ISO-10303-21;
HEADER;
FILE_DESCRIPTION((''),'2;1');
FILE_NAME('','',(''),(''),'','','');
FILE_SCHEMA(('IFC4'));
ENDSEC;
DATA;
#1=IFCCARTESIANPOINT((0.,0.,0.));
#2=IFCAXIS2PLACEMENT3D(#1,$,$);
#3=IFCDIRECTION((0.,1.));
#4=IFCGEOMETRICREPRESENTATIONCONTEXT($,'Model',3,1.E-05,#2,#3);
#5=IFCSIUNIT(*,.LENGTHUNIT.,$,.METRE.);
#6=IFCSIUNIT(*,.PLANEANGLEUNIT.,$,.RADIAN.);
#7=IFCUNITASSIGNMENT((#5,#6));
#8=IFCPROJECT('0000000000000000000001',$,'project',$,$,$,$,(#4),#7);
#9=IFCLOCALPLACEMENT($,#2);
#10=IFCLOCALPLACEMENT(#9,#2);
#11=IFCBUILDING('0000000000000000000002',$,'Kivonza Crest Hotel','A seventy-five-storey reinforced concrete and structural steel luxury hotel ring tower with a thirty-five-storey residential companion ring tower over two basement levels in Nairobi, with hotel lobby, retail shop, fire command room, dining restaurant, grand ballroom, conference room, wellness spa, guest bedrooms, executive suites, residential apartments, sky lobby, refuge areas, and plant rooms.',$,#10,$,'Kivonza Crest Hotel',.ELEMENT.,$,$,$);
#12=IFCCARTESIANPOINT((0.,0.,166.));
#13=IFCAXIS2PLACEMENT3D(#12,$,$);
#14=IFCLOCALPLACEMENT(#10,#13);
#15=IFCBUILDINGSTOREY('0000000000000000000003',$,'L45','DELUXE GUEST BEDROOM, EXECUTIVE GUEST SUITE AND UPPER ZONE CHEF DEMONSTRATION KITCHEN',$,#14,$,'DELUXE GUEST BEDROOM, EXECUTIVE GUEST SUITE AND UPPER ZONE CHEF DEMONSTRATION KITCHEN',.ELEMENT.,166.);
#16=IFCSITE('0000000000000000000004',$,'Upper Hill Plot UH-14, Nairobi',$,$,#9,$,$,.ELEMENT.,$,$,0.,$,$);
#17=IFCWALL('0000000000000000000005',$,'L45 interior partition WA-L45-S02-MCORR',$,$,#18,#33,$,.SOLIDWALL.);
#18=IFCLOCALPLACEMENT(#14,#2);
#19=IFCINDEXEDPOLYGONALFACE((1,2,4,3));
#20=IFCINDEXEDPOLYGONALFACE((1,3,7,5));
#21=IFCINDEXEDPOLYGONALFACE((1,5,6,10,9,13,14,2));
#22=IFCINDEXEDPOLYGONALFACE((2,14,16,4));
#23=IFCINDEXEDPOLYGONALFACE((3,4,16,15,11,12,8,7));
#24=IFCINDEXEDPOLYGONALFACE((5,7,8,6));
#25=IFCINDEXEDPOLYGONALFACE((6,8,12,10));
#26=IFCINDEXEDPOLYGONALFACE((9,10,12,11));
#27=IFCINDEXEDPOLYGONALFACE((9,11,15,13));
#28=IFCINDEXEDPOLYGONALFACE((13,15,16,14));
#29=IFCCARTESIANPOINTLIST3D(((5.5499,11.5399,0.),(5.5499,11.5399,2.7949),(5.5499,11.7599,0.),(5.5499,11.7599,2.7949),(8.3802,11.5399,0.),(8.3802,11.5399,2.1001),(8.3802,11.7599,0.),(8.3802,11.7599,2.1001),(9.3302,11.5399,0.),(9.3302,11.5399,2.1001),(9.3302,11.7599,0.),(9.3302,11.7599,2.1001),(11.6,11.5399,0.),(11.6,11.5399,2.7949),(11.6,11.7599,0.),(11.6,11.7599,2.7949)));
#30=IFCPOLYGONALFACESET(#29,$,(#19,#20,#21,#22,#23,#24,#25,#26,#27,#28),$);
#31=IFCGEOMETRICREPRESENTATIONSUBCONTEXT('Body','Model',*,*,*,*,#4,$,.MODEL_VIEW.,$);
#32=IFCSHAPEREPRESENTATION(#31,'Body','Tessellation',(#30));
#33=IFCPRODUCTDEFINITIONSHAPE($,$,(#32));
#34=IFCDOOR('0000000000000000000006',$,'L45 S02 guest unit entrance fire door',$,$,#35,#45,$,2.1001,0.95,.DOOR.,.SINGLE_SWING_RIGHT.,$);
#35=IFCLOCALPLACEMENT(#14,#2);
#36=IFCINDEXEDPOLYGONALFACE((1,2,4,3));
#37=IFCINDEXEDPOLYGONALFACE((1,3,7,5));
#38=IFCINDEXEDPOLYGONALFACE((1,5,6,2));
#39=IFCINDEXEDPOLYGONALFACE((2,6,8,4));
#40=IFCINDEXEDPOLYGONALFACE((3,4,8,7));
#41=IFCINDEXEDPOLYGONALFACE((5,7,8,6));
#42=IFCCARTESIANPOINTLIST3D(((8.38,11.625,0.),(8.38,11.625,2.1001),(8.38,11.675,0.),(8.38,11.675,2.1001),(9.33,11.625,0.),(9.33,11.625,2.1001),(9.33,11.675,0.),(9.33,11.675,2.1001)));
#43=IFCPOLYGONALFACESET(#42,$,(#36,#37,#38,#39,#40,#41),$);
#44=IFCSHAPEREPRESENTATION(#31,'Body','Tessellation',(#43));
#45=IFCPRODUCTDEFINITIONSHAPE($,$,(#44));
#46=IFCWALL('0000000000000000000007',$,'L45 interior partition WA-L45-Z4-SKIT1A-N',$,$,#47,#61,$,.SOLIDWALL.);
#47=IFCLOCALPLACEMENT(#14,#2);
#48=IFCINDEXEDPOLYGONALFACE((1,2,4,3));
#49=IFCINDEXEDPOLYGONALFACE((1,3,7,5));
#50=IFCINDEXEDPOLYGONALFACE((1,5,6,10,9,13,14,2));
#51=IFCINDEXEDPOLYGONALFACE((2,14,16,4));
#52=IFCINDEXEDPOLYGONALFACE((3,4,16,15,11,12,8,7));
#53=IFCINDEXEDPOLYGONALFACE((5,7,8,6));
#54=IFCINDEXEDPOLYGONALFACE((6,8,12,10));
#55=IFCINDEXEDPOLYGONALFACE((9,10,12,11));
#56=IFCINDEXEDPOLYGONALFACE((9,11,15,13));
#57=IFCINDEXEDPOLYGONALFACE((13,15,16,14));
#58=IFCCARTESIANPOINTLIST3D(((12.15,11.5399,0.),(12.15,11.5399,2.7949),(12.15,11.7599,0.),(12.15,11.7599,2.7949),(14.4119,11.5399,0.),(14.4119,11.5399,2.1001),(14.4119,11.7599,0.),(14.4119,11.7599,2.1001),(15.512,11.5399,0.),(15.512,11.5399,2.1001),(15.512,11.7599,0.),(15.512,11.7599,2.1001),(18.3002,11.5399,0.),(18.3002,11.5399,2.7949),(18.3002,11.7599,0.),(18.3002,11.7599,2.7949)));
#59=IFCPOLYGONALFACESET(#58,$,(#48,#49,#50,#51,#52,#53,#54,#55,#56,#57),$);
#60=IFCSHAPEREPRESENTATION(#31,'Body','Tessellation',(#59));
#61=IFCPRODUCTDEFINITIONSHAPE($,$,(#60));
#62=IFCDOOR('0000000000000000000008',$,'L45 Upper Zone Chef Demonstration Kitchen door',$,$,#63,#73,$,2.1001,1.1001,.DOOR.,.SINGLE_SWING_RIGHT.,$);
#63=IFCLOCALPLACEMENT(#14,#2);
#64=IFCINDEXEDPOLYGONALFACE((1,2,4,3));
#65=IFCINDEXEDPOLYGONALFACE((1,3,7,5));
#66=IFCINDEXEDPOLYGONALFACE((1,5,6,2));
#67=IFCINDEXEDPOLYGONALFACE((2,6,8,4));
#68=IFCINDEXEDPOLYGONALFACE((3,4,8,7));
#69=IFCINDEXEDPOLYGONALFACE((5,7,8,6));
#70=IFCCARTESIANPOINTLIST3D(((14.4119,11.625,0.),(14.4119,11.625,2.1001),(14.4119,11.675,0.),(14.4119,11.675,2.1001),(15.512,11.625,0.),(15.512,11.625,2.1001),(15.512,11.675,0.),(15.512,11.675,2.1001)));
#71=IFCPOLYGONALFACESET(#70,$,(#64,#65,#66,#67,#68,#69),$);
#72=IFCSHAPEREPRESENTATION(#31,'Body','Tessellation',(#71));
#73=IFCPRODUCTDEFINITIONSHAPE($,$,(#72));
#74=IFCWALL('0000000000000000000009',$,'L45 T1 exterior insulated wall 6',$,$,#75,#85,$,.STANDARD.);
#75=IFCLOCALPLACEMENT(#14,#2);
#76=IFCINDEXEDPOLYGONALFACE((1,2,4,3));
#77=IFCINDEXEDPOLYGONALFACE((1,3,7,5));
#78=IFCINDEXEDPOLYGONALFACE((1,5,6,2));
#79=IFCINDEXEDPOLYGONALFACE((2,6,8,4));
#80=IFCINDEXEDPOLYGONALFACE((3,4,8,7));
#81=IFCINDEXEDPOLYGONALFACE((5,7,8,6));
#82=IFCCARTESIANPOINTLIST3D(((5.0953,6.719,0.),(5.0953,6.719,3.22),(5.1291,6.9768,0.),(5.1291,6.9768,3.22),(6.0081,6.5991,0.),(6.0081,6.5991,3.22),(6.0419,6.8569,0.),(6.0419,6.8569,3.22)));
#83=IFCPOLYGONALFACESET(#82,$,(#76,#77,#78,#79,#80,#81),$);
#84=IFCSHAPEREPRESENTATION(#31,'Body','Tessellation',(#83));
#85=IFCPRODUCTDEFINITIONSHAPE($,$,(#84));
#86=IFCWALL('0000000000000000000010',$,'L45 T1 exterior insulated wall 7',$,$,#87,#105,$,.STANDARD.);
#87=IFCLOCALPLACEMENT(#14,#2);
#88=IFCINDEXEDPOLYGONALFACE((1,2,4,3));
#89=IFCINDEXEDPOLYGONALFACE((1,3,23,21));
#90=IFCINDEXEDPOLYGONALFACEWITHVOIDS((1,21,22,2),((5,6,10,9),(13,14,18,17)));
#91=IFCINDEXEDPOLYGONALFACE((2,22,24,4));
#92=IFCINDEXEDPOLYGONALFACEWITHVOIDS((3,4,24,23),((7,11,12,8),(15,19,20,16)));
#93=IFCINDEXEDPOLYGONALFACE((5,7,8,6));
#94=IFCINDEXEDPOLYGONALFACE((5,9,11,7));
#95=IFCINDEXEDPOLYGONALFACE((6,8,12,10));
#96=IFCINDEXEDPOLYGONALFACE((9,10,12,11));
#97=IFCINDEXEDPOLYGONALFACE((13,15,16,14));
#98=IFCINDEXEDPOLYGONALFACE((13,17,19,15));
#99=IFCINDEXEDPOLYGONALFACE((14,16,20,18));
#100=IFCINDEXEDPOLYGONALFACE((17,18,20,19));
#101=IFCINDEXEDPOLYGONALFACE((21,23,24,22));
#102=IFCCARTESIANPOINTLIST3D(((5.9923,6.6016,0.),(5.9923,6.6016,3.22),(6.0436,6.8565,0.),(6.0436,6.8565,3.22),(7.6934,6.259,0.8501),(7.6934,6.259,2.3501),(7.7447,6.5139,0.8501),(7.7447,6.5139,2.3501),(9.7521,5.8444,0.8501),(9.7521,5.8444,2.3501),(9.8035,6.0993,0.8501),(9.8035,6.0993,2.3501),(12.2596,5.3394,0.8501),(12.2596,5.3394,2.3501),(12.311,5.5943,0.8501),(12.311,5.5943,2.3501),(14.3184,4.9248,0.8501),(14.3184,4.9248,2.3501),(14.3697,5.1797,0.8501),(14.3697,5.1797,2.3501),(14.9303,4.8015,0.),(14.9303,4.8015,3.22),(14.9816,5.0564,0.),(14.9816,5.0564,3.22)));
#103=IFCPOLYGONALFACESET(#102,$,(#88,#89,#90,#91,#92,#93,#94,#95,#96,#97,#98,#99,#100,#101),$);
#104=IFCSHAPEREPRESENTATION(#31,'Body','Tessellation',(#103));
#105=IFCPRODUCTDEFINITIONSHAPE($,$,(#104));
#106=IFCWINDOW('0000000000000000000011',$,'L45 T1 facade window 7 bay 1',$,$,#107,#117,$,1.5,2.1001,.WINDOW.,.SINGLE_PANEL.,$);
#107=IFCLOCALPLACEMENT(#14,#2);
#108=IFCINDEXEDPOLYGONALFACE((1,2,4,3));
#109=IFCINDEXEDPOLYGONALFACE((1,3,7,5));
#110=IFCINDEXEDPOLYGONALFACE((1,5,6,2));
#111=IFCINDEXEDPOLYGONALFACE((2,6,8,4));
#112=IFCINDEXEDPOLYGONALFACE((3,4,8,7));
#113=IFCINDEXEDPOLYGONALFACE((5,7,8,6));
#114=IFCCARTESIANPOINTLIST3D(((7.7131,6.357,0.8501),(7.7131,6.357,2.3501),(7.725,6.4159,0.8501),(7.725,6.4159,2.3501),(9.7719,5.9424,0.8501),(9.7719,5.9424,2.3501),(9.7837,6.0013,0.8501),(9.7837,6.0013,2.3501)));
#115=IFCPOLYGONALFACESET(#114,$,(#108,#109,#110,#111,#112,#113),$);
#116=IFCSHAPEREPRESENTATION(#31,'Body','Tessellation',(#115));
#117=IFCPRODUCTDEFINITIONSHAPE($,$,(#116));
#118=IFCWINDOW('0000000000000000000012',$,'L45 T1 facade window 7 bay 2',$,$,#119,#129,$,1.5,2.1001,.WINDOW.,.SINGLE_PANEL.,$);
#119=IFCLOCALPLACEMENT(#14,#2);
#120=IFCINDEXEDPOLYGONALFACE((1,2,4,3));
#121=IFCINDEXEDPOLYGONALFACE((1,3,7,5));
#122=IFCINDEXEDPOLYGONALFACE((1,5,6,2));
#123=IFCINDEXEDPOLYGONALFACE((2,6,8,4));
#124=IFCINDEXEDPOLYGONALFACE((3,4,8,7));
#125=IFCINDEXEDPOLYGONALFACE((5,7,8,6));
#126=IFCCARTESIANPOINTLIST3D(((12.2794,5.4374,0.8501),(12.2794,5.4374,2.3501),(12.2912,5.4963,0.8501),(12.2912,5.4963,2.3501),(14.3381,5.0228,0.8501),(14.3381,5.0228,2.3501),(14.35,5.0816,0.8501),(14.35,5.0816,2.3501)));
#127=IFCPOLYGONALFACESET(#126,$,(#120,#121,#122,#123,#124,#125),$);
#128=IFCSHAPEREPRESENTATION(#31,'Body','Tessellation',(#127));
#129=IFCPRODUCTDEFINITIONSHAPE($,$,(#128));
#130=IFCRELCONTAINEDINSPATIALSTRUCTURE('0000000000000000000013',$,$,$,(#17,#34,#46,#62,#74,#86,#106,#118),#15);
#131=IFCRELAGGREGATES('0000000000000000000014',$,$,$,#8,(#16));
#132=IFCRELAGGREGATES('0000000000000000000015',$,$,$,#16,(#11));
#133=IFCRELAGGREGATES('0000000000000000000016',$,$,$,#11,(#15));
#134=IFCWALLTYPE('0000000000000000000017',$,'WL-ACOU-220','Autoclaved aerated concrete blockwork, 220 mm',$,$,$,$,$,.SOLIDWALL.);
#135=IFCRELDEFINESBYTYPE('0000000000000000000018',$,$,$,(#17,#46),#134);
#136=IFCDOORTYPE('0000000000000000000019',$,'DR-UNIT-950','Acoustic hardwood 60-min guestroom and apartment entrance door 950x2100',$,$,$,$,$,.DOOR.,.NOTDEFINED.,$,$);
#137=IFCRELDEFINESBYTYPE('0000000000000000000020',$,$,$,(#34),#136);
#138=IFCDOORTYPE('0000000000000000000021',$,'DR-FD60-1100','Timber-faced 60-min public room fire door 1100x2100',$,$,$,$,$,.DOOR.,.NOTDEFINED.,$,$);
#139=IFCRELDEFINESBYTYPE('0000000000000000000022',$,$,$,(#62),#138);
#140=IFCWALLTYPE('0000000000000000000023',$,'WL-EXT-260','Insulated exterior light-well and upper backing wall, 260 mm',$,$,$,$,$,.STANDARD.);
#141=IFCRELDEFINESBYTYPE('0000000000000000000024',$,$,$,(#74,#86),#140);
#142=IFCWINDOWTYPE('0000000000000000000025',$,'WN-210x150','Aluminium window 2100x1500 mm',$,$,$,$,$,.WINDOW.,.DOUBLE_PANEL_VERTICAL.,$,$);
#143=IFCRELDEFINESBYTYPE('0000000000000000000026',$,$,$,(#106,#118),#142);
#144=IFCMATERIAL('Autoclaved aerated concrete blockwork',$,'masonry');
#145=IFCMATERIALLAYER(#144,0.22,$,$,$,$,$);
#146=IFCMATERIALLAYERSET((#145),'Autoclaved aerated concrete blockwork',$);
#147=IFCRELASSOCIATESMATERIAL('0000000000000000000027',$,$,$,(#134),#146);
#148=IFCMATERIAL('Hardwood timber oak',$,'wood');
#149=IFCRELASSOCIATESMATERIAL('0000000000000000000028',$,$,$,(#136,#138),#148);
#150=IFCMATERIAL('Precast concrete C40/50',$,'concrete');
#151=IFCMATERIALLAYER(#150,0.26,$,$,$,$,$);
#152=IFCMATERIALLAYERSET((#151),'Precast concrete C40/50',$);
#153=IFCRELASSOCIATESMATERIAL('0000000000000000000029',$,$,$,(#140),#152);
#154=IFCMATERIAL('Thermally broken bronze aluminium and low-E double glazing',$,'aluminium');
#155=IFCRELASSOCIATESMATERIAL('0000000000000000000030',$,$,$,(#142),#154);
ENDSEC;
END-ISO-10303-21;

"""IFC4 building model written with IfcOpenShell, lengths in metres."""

from ifc_helpers import new_model, si_unit, direction, frame, frame_2d, origin, place, context, subcontext, project, spatial, rectangle, extrude, material, layer, layer_set, type_object, element, fill, save


model = new_model("IFC4")

# Units and contexts
model_context = context("Model", 3, precision=1e-05, world=origin(), true_north=direction((0.0, 1.0)))
body_context = subcontext(model_context, "Body", "Model", "MODEL_VIEW")
ifc_project = project(units=[si_unit("LENGTHUNIT", "METRE"), si_unit("PLANEANGLEUNIT", "RADIAN")], contexts=[model_context])

# Site, building, storey
site_placement = place(None, origin())
site = spatial("IfcSite", under=ifc_project, at=site_placement, Name="Upper Hill Plot UH-14, Nairobi", CompositionType="ELEMENT", RefElevation=0.0)
building_placement = place(site_placement, origin())
building = spatial("IfcBuilding", under=site, at=building_placement, Name="Kivonza Crest Hotel", Description="A seventy-five-storey reinforced concrete and structural steel luxury hotel ring tower with a thirty-five-storey residential companion ring tower over two basement levels in Nairobi, with hotel lobby, retail shop, fire command room, dining restaurant, grand ballroom, conference room, wellness spa, guest bedrooms, executive suites, residential apartments, sky lobby, refuge areas, and plant rooms.", LongName="Kivonza Crest Hotel", CompositionType="ELEMENT")
storey_placement = place(building_placement, frame((0.0, 0.0, 166.0)))
storey = spatial("IfcBuildingStorey", under=building, at=storey_placement, Name="L45", Description="DELUXE GUEST BEDROOM, EXECUTIVE GUEST SUITE AND UPPER ZONE CHEF DEMONSTRATION KITCHEN", LongName="DELUXE GUEST BEDROOM, EXECUTIVE GUEST SUITE AND UPPER ZONE CHEF DEMONSTRATION KITCHEN", CompositionType="ELEMENT", Elevation=166.0)

# Walls, openings, doors
ifc_material_1 = material(Name="Autoclaved aerated concrete blockwork", Category="masonry")
ifc_layer_1 = layer(ifc_material_1, 0.22)
ifc_layer_set_1 = layer_set([ifc_layer_1], Name="Autoclaved aerated concrete blockwork")
wall_type_1 = type_object("IfcWallType", Name="WL-ACOU-220", Description="Autoclaved aerated concrete blockwork, 220 mm", PredefinedType="SOLIDWALL", material=ifc_layer_set_1)
wall_1_placement = place(storey_placement, frame((5.55, 11.6499, 0.0), z_axis=(0.0, 0.0, 1.0), x_axis=(1.0, 0.0, 0.0)))
wall_1 = element("IfcWall", 1, at=wall_1_placement, inside=storey, type_object=wall_type_1, Name="L45 interior partition WA-L45-S02-MCORR", PredefinedType="SOLIDWALL", context=body_context, shape_type="SweptSolid", body=[
    extrude(rectangle(XDim=6.05, YDim=0.22, at=frame_2d((3.0249, 0.0))), origin(), (0.0, 0.0, 1.0), 2.7949),
])
opening_1_placement = place(wall_1_placement, frame((2.8301, 0.0, 0.0)))
opening_1 = element("IfcOpeningElement", 2, at=opening_1_placement, cuts=wall_1, PredefinedType="OPENING", context=body_context, shape_type="SweptSolid", body=[
    extrude(rectangle(XDim=0.95, YDim=2.1001, at=frame_2d((0.4751, 1.05))), frame((0.0, 0.1201, 0.0), z_axis=(0.0, -1.0, 0.0), x_axis=(1.0, 0.0, 0.0)), (0.0, 0.0, 1.0), 0.24),
])
ifc_material_2 = material(Name="Hardwood timber oak", Category="wood")
door_type_1 = type_object("IfcDoorType", Name="DR-UNIT-950", Description="Acoustic hardwood 60-min guestroom and apartment entrance door 950x2100", OperationType="NOTDEFINED", PredefinedType="DOOR", material=ifc_material_2)
door_1_placement = place(opening_1_placement, frame((0.95, 0.0, 0.0), z_axis=(0.0, 0.0, 1.0), x_axis=(-1.0, 0.0, 0.0)))
door_1 = element("IfcDoor", 3, at=door_1_placement, inside=storey, type_object=door_type_1, Name="L45 S02 guest unit entrance fire door", OperationType="SINGLE_SWING_RIGHT", OverallHeight=2.1001, OverallWidth=0.95, PredefinedType="DOOR", context=body_context, shape_type="SweptSolid", body=[
    extrude(rectangle(XDim=0.95, YDim=2.1001, at=frame_2d((0.4751, 1.05))), frame((0.0, 0.0249, 0.0), z_axis=(0.0, -1.0, 0.0), x_axis=(1.0, 0.0, 0.0)), (0.0, 0.0, 1.0), 0.05),
])
fill(opening_1, door_1)
wall_2_placement = place(storey_placement, frame((12.1499, 11.6499, 0.0), z_axis=(0.0, 0.0, 1.0), x_axis=(1.0, 0.0, 0.0)))
wall_2 = element("IfcWall", 4, at=wall_2_placement, inside=storey, type_object=wall_type_1, Name="L45 interior partition WA-L45-Z4-SKIT1A-N", PredefinedType="SOLIDWALL", context=body_context, shape_type="SweptSolid", body=[
    extrude(rectangle(XDim=6.1501, YDim=0.22, at=frame_2d((3.0752, 0.0))), origin(), (0.0, 0.0, 1.0), 2.7949),
])
opening_2_placement = place(wall_2_placement, frame((2.262, 0.0, 0.0)))
opening_2 = element("IfcOpeningElement", 5, at=opening_2_placement, cuts=wall_2, PredefinedType="OPENING", context=body_context, shape_type="SweptSolid", body=[
    extrude(rectangle(XDim=1.1001, YDim=2.1001, at=frame_2d((0.55, 1.05))), frame((0.0, 0.1201, 0.0), z_axis=(0.0, -1.0, 0.0), x_axis=(1.0, 0.0, 0.0)), (0.0, 0.0, 1.0), 0.24),
])
door_type_2 = type_object("IfcDoorType", Name="DR-FD60-1100", Description="Timber-faced 60-min public room fire door 1100x2100", OperationType="NOTDEFINED", PredefinedType="DOOR", material=ifc_material_2)
door_2_placement = place(opening_2_placement, frame((1.1001, 0.0, 0.0), z_axis=(0.0, 0.0, 1.0), x_axis=(-1.0, 0.0, 0.0)))
door_2 = element("IfcDoor", 6, at=door_2_placement, inside=storey, type_object=door_type_2, Name="L45 Upper Zone Chef Demonstration Kitchen door", OperationType="SINGLE_SWING_RIGHT", OverallHeight=2.1001, OverallWidth=1.1001, PredefinedType="DOOR", context=body_context, shape_type="SweptSolid", body=[
    extrude(rectangle(XDim=1.1001, YDim=2.1001, at=frame_2d((0.55, 1.05))), frame((0.0, 0.0249, 0.0), z_axis=(0.0, -1.0, 0.0), x_axis=(1.0, 0.0, 0.0)), (0.0, 0.0, 1.0), 0.05),
])
fill(opening_2, door_2)

# Wall
ifc_material_3 = material(Name="Precast concrete C40/50", Category="concrete")
ifc_layer_2 = layer(ifc_material_3, 0.26)
ifc_layer_set_2 = layer_set([ifc_layer_2], Name="Precast concrete C40/50")
wall_type_2 = type_object("IfcWallType", Name="WL-EXT-260", Description="Insulated exterior light-well and upper backing wall, 260 mm", PredefinedType="STANDARD", material=ifc_layer_set_2)
wall_3_placement = place(storey_placement, frame((5.1121, 6.8479, 0.0), z_axis=(0.0, 0.0, 1.0), x_axis=(0.991488, -0.130201, 0.0)))
element("IfcWall", 7, at=wall_3_placement, inside=storey, type_object=wall_type_2, Name="L45 T1 exterior insulated wall 6", PredefinedType="STANDARD", context=body_context, shape_type="SweptSolid", body=[
    extrude(rectangle(XDim=0.9207, YDim=0.26, at=frame_2d((0.4604, 0.0))), origin(), (0.0, 0.0, 1.0), 3.22),
])

# Wall, openings, windows
wall_4_placement = place(storey_placement, frame((6.0181, 6.729, 0.0), z_axis=(0.0, 0.0, 1.0), x_axis=(0.980317, -0.197429, 0.0)))
wall_4 = element("IfcWall", 8, at=wall_4_placement, inside=storey, type_object=wall_type_2, Name="L45 T1 exterior insulated wall 7", PredefinedType="STANDARD", context=body_context, shape_type="SweptSolid", body=[
    extrude(rectangle(XDim=9.1174, YDim=0.26, at=frame_2d((4.5586, 0.0))), origin(), (0.0, 0.0, 1.0), 3.22),
])
opening_3_placement = place(wall_4_placement, frame((1.7351, 0.0, 0.8501)))
opening_3 = element("IfcOpeningElement", 9, at=opening_3_placement, cuts=wall_4, PredefinedType="OPENING", context=body_context, shape_type="SweptSolid", body=[
    extrude(rectangle(XDim=2.1001, YDim=1.5, at=frame_2d((1.05, 0.75))), frame((0.0, 0.1401, 0.0), z_axis=(0.0, -1.0, 0.0), x_axis=(1.0, 0.0, 0.0)), (0.0, 0.0, 1.0), 0.28),
])
opening_4_placement = place(wall_4_placement, frame((6.3931, 0.0, 0.8501)))
opening_4 = element("IfcOpeningElement", 10, at=opening_4_placement, cuts=wall_4, PredefinedType="OPENING", context=body_context, shape_type="SweptSolid", body=[
    extrude(rectangle(XDim=2.1001, YDim=1.5, at=frame_2d((1.05, 0.75))), frame((0.0, 0.1401, 0.0), z_axis=(0.0, -1.0, 0.0), x_axis=(1.0, 0.0, 0.0)), (0.0, 0.0, 1.0), 0.28),
])
ifc_material_4 = material(Name="Thermally broken bronze aluminium and low-E double glazing", Category="aluminium")
window_type = type_object("IfcWindowType", Name="WN-210x150", Description="Aluminium window 2100x1500 mm", PartitioningType="DOUBLE_PANEL_VERTICAL", PredefinedType="WINDOW", material=ifc_material_4)
window_1_placement = place(opening_3_placement, origin())
window_1 = element("IfcWindow", 11, at=window_1_placement, inside=storey, type_object=window_type, Name="L45 T1 facade window 7 bay 1", OverallHeight=1.5, OverallWidth=2.1001, PartitioningType="SINGLE_PANEL", PredefinedType="WINDOW", context=body_context, shape_type="SweptSolid", body=[
    extrude(rectangle(XDim=2.1001, YDim=1.5, at=frame_2d((1.05, 0.75))), frame((0.0, 0.03, 0.0), z_axis=(0.0, -1.0, 0.0), x_axis=(1.0, 0.0, 0.0)), (0.0, 0.0, 1.0), 0.0601),
])
fill(opening_3, window_1)
window_2_placement = place(opening_4_placement, origin())
window_2 = element("IfcWindow", 12, at=window_2_placement, inside=storey, type_object=window_type, Name="L45 T1 facade window 7 bay 2", OverallHeight=1.5, OverallWidth=2.1001, PartitioningType="SINGLE_PANEL", PredefinedType="WINDOW", context=body_context, shape_type="SweptSolid", body=[
    extrude(rectangle(XDim=2.1001, YDim=1.5, at=frame_2d((1.05, 0.75))), frame((0.0, 0.03, 0.0), z_axis=(0.0, -1.0, 0.0), x_axis=(1.0, 0.0, 0.0)), (0.0, 0.0, 1.0), 0.0601),
])
fill(opening_4, window_2)

save(model, "model.ifc")
